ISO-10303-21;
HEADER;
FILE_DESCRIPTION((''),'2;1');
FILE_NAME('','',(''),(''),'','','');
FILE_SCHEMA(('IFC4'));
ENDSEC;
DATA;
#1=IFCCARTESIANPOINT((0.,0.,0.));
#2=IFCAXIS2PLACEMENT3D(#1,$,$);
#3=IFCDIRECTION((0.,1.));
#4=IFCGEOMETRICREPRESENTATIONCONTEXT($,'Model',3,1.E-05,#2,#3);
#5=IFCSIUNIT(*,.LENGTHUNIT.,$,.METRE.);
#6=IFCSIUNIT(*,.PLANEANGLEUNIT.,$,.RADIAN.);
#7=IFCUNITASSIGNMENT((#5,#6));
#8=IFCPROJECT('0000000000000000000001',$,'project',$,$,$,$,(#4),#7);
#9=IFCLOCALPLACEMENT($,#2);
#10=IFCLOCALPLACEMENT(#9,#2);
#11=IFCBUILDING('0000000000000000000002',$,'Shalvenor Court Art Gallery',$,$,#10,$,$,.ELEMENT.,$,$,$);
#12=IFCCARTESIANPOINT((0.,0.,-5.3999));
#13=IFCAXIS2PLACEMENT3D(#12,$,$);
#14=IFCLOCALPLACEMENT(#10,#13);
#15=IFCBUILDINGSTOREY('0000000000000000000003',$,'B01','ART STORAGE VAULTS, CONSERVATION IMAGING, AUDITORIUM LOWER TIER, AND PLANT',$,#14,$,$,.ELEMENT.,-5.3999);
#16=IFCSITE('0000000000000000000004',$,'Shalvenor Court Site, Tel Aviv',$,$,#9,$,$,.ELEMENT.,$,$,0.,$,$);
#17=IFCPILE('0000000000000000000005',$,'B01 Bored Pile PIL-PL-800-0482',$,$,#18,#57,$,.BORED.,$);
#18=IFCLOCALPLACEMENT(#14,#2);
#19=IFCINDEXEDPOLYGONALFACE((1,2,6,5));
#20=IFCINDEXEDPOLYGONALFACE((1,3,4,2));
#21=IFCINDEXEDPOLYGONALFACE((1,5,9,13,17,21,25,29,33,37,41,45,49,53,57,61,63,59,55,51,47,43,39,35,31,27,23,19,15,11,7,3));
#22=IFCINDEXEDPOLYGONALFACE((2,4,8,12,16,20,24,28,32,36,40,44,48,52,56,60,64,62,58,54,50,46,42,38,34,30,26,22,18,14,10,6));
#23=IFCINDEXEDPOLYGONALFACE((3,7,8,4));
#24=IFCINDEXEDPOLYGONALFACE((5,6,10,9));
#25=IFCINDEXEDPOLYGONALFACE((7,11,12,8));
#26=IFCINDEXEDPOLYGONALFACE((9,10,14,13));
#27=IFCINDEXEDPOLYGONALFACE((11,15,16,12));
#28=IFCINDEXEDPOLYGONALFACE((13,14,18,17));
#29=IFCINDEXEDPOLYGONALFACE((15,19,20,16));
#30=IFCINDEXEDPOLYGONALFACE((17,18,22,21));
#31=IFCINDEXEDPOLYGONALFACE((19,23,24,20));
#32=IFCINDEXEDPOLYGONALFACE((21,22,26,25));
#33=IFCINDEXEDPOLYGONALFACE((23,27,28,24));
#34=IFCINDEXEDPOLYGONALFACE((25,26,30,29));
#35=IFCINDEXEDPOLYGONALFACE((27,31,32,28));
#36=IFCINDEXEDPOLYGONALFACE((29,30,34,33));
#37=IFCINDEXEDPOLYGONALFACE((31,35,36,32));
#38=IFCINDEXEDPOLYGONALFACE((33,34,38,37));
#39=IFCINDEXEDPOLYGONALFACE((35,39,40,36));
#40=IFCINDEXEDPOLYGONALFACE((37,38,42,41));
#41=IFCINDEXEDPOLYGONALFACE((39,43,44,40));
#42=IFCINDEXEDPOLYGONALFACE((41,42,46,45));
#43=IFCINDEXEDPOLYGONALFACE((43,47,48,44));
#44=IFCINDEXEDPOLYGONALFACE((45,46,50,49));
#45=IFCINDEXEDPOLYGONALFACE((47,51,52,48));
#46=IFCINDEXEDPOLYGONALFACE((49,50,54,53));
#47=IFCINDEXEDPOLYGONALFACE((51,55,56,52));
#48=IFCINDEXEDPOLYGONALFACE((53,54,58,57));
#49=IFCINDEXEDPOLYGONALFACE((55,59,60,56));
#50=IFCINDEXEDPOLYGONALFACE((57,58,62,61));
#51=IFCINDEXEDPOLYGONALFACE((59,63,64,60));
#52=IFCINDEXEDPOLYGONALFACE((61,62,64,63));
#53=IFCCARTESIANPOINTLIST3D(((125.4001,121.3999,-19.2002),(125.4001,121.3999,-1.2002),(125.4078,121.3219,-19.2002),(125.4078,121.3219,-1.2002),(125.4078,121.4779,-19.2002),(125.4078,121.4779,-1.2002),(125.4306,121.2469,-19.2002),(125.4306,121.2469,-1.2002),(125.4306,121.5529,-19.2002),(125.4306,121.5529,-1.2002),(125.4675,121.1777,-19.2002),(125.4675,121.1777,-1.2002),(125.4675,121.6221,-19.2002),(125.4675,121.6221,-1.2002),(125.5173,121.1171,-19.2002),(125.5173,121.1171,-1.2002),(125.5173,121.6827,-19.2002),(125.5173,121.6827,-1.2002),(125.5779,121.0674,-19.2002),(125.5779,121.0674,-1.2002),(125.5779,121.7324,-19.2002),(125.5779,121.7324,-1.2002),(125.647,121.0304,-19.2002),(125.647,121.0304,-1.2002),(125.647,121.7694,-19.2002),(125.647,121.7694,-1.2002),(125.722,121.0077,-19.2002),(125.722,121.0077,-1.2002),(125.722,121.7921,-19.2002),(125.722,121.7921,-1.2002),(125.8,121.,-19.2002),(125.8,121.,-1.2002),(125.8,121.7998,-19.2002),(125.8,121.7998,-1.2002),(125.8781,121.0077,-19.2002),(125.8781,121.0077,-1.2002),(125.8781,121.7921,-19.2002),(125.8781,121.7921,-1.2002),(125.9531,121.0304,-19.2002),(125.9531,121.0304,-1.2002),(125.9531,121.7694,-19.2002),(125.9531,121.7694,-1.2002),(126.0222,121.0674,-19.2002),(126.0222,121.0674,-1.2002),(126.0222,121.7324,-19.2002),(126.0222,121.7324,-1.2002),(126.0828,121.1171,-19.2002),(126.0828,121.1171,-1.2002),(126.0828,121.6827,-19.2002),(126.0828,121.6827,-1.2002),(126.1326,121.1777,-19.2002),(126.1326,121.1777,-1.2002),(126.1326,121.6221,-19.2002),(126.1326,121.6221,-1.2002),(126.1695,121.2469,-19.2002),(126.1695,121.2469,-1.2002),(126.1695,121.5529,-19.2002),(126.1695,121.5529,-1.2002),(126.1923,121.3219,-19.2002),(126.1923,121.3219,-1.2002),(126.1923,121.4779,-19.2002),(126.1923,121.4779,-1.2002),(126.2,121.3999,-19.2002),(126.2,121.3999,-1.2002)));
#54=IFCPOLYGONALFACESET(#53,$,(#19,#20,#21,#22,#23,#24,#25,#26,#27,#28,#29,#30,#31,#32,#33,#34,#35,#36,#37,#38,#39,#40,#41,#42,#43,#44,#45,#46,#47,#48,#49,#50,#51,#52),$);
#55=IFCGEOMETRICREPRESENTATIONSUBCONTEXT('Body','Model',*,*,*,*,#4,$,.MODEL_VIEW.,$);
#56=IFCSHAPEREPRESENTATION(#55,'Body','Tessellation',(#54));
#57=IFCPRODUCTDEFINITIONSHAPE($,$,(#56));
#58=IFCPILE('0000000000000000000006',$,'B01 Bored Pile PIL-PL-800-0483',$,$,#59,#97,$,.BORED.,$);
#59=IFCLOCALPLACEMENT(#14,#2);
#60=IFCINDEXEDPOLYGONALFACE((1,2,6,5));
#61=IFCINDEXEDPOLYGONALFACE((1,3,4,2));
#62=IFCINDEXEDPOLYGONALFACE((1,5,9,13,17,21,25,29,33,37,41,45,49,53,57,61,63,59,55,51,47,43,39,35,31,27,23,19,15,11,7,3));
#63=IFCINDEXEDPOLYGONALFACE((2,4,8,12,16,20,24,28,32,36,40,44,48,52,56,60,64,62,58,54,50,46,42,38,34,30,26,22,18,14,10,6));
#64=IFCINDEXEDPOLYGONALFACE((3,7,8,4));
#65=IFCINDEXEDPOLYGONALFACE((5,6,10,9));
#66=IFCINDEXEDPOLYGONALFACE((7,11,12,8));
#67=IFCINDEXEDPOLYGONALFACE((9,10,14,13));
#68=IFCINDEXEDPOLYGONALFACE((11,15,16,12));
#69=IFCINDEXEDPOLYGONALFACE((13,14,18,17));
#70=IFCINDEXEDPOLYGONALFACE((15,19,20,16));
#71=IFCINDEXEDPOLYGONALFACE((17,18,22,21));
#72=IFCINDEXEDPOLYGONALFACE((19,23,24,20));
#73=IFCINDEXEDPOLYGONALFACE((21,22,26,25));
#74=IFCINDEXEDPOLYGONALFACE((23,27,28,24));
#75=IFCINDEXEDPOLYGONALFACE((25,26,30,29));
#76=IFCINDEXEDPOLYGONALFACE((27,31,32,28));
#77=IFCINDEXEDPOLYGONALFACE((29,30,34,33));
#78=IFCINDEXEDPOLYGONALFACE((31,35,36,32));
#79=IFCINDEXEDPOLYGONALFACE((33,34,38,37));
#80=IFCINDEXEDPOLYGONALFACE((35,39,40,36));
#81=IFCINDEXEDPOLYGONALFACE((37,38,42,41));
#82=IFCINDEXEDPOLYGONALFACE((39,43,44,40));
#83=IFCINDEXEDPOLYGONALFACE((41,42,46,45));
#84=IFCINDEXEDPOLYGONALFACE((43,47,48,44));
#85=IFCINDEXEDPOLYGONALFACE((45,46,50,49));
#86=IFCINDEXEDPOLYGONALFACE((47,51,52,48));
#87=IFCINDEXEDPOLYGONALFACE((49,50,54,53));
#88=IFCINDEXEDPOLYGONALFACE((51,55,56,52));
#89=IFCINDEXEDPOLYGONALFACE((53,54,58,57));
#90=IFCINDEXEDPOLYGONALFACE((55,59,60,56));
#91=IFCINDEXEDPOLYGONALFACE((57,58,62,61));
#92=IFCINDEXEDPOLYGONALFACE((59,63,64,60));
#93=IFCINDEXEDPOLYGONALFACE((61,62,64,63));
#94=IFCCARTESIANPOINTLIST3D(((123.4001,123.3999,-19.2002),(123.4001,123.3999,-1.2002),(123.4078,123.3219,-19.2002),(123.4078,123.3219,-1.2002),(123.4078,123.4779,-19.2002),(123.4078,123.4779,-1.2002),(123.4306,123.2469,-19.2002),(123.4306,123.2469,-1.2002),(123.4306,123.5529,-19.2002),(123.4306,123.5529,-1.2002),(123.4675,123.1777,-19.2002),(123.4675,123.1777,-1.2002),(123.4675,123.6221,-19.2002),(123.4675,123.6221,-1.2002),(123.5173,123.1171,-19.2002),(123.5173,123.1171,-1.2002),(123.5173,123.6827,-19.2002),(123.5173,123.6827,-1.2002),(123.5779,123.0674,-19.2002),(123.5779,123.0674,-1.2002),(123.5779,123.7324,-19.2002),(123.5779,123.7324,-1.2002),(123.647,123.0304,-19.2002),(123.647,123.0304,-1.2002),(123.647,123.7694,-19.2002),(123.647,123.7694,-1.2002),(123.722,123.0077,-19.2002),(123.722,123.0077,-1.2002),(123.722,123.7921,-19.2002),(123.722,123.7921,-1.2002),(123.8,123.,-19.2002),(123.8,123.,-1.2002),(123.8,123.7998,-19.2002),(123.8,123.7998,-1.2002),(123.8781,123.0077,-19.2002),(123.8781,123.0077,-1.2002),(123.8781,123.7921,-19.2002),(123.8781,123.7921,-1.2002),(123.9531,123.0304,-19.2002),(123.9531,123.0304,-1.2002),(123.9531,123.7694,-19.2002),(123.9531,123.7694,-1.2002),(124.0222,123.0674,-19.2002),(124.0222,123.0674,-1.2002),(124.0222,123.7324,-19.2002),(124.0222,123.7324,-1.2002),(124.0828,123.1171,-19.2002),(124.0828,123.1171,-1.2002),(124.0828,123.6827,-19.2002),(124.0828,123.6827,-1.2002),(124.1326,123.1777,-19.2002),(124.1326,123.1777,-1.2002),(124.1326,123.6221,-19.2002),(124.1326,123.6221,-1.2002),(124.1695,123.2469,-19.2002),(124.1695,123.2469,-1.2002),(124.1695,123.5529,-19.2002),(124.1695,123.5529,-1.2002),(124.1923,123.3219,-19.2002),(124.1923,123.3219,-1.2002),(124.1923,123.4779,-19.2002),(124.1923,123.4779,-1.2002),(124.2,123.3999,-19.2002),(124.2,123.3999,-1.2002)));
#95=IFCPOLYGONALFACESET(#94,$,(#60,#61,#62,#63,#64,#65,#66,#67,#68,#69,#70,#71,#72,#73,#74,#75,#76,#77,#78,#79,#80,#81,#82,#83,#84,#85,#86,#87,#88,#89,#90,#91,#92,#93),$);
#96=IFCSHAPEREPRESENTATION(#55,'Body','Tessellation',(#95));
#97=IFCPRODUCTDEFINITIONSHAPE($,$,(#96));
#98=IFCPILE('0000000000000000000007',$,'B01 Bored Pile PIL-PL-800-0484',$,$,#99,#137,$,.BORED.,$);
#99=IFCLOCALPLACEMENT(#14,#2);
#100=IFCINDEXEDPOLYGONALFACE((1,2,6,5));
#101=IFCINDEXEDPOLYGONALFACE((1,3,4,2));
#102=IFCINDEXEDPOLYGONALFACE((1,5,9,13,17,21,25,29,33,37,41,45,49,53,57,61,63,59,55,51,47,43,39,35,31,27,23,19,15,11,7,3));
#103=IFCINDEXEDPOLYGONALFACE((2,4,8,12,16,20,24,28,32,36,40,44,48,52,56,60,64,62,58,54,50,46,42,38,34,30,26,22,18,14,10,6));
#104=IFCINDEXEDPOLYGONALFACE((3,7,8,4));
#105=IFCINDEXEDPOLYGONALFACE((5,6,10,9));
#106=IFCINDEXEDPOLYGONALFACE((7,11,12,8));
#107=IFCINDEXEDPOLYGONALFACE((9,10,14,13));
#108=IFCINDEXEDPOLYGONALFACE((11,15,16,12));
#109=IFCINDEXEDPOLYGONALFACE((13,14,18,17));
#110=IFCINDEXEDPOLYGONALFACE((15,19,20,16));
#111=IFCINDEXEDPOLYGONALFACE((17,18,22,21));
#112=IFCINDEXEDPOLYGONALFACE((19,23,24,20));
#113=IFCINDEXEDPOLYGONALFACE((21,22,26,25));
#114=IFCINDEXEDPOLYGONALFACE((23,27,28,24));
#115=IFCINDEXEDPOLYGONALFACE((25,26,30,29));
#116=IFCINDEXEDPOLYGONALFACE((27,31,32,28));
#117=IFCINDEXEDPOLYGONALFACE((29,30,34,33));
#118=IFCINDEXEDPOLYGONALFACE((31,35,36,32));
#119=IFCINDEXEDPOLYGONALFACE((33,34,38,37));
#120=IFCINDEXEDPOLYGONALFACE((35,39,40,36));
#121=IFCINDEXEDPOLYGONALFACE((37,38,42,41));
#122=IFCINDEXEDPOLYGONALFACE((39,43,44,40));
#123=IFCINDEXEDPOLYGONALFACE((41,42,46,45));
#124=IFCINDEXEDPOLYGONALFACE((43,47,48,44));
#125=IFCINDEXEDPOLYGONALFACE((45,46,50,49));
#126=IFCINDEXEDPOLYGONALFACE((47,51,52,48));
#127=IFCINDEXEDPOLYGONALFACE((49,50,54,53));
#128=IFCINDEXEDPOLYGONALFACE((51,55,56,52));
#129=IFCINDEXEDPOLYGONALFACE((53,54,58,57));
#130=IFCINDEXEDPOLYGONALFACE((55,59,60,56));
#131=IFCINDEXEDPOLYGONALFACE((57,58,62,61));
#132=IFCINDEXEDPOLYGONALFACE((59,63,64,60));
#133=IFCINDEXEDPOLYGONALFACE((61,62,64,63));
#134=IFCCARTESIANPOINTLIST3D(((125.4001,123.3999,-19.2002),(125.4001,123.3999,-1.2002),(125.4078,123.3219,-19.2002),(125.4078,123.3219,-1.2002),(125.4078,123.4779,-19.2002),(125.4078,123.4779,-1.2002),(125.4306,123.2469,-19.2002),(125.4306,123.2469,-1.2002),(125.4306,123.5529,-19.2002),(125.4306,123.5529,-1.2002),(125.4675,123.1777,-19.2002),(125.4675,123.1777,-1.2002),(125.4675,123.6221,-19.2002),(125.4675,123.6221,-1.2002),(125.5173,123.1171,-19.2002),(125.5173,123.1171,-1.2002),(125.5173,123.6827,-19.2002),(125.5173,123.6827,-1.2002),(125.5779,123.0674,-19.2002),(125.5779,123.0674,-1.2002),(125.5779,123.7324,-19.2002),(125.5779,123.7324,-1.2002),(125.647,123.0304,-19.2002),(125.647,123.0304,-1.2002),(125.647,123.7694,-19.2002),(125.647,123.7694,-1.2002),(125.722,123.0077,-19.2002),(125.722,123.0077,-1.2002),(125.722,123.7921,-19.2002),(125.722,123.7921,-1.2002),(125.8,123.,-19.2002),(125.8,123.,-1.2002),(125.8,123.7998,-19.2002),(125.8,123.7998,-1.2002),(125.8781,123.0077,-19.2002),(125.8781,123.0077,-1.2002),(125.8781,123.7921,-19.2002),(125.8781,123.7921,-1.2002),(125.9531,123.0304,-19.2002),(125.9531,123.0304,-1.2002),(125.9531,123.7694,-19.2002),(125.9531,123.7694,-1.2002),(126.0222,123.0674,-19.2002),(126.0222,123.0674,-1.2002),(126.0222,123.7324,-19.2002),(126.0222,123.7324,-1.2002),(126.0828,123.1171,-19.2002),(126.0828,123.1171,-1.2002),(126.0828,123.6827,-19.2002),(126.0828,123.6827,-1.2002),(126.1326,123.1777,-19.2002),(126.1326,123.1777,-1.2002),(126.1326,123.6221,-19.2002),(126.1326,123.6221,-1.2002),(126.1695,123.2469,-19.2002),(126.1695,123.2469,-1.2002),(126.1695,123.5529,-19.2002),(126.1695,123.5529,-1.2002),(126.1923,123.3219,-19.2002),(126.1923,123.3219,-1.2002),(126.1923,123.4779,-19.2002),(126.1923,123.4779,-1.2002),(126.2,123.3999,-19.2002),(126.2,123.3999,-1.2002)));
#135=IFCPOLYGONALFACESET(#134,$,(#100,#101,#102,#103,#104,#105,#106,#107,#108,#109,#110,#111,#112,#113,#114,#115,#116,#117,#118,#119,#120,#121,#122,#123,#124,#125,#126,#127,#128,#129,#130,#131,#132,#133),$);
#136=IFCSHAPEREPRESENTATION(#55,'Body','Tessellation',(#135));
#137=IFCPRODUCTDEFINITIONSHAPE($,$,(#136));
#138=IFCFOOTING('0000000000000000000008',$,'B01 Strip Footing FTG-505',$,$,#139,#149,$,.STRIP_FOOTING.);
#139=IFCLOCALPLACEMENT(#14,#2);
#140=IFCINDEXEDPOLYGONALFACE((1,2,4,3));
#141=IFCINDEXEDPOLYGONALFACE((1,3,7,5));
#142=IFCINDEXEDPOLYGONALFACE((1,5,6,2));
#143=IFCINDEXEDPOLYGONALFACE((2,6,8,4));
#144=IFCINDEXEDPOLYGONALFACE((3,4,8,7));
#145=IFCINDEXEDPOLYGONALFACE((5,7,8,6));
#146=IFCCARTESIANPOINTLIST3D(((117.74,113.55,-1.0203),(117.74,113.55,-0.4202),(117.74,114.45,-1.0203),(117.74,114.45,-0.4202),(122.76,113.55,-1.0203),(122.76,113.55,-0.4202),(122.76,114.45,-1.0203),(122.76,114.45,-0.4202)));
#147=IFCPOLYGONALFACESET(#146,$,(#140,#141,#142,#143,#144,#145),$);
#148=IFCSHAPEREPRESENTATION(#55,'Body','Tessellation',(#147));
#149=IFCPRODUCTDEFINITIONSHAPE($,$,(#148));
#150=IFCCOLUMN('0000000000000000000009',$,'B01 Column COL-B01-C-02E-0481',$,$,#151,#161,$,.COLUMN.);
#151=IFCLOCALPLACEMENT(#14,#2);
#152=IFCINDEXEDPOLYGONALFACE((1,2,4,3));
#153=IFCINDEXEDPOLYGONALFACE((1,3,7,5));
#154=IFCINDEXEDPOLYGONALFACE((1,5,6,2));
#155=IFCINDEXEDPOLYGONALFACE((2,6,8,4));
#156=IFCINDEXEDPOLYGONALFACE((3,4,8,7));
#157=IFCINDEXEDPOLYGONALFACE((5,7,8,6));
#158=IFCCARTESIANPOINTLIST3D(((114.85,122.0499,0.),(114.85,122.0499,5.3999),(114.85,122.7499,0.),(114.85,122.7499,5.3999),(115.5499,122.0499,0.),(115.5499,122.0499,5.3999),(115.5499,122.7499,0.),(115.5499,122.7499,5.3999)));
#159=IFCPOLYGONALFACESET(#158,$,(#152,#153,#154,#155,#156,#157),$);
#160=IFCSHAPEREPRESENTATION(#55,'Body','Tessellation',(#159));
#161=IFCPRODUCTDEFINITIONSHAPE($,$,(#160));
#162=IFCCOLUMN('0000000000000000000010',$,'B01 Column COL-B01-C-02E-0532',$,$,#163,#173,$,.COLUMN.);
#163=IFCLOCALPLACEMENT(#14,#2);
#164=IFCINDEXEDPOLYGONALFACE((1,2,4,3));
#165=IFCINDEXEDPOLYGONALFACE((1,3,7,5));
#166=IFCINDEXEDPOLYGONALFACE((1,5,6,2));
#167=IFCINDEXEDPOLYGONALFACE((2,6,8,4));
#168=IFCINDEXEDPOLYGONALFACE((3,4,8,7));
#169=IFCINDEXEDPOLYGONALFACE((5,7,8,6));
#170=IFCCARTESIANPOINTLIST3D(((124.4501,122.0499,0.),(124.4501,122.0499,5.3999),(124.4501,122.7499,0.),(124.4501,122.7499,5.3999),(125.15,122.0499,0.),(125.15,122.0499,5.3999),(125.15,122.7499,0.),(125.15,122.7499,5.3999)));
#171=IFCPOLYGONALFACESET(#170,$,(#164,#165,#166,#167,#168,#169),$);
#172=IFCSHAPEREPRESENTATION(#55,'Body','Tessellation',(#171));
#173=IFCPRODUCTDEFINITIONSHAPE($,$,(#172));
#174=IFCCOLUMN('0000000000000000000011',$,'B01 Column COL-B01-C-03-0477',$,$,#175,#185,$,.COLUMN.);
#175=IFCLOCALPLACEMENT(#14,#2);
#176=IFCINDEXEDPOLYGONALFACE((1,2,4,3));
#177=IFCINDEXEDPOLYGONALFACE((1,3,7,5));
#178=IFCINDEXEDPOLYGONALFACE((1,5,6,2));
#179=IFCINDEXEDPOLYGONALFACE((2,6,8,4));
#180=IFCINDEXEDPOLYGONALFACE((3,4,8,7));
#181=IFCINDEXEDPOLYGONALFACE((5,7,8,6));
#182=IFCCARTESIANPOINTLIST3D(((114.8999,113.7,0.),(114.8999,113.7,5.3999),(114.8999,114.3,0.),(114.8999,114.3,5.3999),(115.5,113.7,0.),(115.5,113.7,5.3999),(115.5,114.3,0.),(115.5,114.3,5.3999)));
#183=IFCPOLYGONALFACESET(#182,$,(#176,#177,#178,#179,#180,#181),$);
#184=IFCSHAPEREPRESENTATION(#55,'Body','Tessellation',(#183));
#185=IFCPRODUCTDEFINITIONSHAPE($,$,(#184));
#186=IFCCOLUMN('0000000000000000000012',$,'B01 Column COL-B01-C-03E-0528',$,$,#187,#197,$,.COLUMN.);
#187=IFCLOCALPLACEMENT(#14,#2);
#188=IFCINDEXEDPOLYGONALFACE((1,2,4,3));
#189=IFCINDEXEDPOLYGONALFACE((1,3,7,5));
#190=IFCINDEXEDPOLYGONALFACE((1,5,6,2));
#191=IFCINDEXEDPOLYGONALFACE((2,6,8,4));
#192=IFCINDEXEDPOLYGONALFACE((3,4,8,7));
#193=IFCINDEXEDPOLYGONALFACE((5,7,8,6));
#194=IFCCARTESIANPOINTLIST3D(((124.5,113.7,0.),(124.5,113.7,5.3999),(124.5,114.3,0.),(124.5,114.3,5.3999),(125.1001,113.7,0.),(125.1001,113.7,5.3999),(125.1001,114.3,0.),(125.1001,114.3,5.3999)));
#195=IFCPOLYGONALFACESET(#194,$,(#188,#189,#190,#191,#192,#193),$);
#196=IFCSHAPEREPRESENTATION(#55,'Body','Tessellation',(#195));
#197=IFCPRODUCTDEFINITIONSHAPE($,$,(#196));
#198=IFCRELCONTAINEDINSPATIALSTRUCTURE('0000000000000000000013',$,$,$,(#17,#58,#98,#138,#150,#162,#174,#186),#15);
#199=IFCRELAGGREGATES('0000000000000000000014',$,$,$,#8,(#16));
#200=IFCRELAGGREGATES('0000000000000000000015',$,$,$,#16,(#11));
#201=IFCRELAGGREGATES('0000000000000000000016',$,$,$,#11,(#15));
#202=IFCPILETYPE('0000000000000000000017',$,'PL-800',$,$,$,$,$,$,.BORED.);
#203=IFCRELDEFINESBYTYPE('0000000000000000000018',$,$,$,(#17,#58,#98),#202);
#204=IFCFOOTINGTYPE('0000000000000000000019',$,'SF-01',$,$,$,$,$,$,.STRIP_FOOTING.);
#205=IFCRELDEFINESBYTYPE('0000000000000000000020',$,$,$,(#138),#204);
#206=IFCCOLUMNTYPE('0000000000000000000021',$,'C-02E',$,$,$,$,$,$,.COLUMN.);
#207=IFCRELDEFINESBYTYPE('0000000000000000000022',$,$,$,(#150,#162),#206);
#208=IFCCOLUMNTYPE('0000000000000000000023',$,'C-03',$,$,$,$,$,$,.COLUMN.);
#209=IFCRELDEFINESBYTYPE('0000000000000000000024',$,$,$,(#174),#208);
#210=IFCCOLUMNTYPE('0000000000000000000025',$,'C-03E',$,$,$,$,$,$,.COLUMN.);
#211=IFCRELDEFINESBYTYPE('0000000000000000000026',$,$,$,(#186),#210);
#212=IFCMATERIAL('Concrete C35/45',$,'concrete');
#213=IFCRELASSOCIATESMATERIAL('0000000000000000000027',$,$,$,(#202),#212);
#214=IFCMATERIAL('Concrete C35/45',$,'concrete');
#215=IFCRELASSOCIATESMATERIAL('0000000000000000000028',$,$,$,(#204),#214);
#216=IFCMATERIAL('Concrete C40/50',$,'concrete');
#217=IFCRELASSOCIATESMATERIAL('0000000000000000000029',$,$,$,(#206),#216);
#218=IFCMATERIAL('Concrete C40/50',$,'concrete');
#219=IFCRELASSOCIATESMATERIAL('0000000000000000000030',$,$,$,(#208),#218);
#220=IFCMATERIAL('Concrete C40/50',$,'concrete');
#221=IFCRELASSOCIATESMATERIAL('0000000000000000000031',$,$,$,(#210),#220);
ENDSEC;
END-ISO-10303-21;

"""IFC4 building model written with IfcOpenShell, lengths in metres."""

from ifc_helpers import new_model, si_unit, direction, frame, origin, origin_2d, place, context, subcontext, project, spatial, rectangle, circle, extrude, material, material_profile, profile_set, type_object, element, save


model = new_model("IFC4")

# Units and contexts
model_context = context("Model", 3, precision=1e-05, world=origin(), true_north=direction((0.0, 1.0)))
body_context = subcontext(model_context, "Body", "Model", "MODEL_VIEW")
ifc_project = project(units=[si_unit("LENGTHUNIT", "METRE"), si_unit("PLANEANGLEUNIT", "RADIAN")], contexts=[model_context])

# Site, building, storey
site_placement = place(None, origin())
site = spatial("IfcSite", under=ifc_project, at=site_placement, Name="Shalvenor Court Site, Tel Aviv", CompositionType="ELEMENT", RefElevation=0.0)
building_placement = place(site_placement, origin())
building = spatial("IfcBuilding", under=site, at=building_placement, Name="Shalvenor Court Art Gallery", CompositionType="ELEMENT")
storey_placement = place(building_placement, frame((0.0, 0.0, -5.3999)))
storey = spatial("IfcBuildingStorey", under=building, at=storey_placement, Name="B01", Description="ART STORAGE VAULTS, CONSERVATION IMAGING, AUDITORIUM LOWER TIER, AND PLANT", CompositionType="ELEMENT", Elevation=-5.3999)

# Piles
ifc_material_1 = material(Name="Concrete C35/45", Category="concrete")
ifc_material_profile_1 = material_profile(ifc_material_1, circle(Radius=0.3999, at=origin_2d()), Name="PILE 800")
ifc_profile_set_1 = profile_set([ifc_material_profile_1], Name="Concrete C35/45")
pile_type_1 = type_object("IfcPileType", Name="PL-800", PredefinedType="BORED", material=ifc_profile_set_1)
for number, where, z_axis, x_axis, name in (
    (1, (125.8, 121.3999, -1.2002), (0.0, 0.0, -1.0), (1.0, 0.0, 0.0), "B01 Bored Pile PIL-PL-800-0482"),
    (2, (123.8, 123.3999, -1.2002), (0.0, 0.0, -1.0), (1.0, 0.0, 0.0), "B01 Bored Pile PIL-PL-800-0483"),
    (3, (125.8, 123.3999, -1.2002), (0.0, 0.0, -1.0), (1.0, 0.0, 0.0), "B01 Bored Pile PIL-PL-800-0484"),
):
    element("IfcPile", number, at=place(storey_placement, frame(where, z_axis=z_axis, x_axis=x_axis)), inside=storey, type_object=pile_type_1, Name=name, PredefinedType="BORED", context=body_context, shape_type="SweptSolid", body=[
        extrude(circle(Radius=0.3999, at=origin_2d()), origin(), (0.0, 0.0, 1.0), 18.0),
    ])

# Footing
ifc_material_2 = material(Name="Concrete C35/45", Category="concrete")
footing_type_1 = type_object("IfcFootingType", Name="SF-01", PredefinedType="STRIP_FOOTING", material=ifc_material_2)
footing_1_placement = place(storey_placement, frame((120.25, 114.0, -1.0203), z_axis=(0.0, 0.0, 1.0), x_axis=(1.0, 0.0, 0.0)))
element("IfcFooting", 4, at=footing_1_placement, inside=storey, type_object=footing_type_1, Name="B01 Strip Footing FTG-505", PredefinedType="STRIP_FOOTING", context=body_context, shape_type="SweptSolid", body=[
    extrude(rectangle(XDim=5.02, YDim=0.8999, at=origin_2d()), origin(), (0.0, 0.0, 1.0), 0.6001),
])

# Columns
ifc_material_3 = material(Name="Concrete C40/50", Category="concrete")
ifc_material_profile_2 = material_profile(ifc_material_3, rectangle(XDim=0.7, YDim=0.7, at=origin_2d()), Name="RC 700x700")
ifc_profile_set_2 = profile_set([ifc_material_profile_2], Name="Concrete C40/50")
column_type_1 = type_object("IfcColumnType", Name="C-02E", PredefinedType="COLUMN", material=ifc_profile_set_2)
for number, where, z_axis, x_axis, name in (
    (5, (115.2, 122.3999, 0.0), (0.0, 0.0, 1.0), (1.0, 0.0, 0.0), "B01 Column COL-B01-C-02E-0481"),
    (6, (124.8, 122.3999, 0.0), (0.0, 0.0, 1.0), (1.0, 0.0, 0.0), "B01 Column COL-B01-C-02E-0532"),
):
    element("IfcColumn", number, at=place(storey_placement, frame(where, z_axis=z_axis, x_axis=x_axis)), inside=storey, type_object=column_type_1, Name=name, PredefinedType="COLUMN", context=body_context, shape_type="SweptSolid", body=[
        extrude(rectangle(XDim=0.7, YDim=0.7, at=origin_2d()), origin(), (0.0, 0.0, 1.0), 5.3999),
    ])
ifc_material_4 = material(Name="Concrete C40/50", Category="concrete")
ifc_material_profile_3 = material_profile(ifc_material_4, rectangle(XDim=0.6001, YDim=0.6001, at=origin_2d()), Name="RC 600x600")
ifc_profile_set_3 = profile_set([ifc_material_profile_3], Name="Concrete C40/50")
column_type_2 = type_object("IfcColumnType", Name="C-03", PredefinedType="COLUMN", material=ifc_profile_set_3)
column_1_placement = place(storey_placement, frame((115.2, 114.0, 0.0), z_axis=(0.0, 0.0, 1.0), x_axis=(1.0, 0.0, 0.0)))
element("IfcColumn", 7, at=column_1_placement, inside=storey, type_object=column_type_2, Name="B01 Column COL-B01-C-03-0477", PredefinedType="COLUMN", context=body_context, shape_type="SweptSolid", body=[
    extrude(rectangle(XDim=0.6001, YDim=0.6001, at=origin_2d()), origin(), (0.0, 0.0, 1.0), 5.3999),
])
ifc_material_5 = material(Name="Concrete C40/50", Category="concrete")
ifc_material_profile_4 = material_profile(ifc_material_5, rectangle(XDim=0.6001, YDim=0.6001, at=origin_2d()), Name="RC 600x600")
ifc_profile_set_4 = profile_set([ifc_material_profile_4], Name="Concrete C40/50")
column_type_3 = type_object("IfcColumnType", Name="C-03E", PredefinedType="COLUMN", material=ifc_profile_set_4)
column_2_placement = place(storey_placement, frame((124.8, 114.0, 0.0), z_axis=(0.0, 0.0, 1.0), x_axis=(1.0, 0.0, 0.0)))
element("IfcColumn", 8, at=column_2_placement, inside=storey, type_object=column_type_3, Name="B01 Column COL-B01-C-03E-0528", PredefinedType="COLUMN", context=body_context, shape_type="SweptSolid", body=[
    extrude(rectangle(XDim=0.6001, YDim=0.6001, at=origin_2d()), origin(), (0.0, 0.0, 1.0), 5.3999),
])

save(model, "model.ifc")
